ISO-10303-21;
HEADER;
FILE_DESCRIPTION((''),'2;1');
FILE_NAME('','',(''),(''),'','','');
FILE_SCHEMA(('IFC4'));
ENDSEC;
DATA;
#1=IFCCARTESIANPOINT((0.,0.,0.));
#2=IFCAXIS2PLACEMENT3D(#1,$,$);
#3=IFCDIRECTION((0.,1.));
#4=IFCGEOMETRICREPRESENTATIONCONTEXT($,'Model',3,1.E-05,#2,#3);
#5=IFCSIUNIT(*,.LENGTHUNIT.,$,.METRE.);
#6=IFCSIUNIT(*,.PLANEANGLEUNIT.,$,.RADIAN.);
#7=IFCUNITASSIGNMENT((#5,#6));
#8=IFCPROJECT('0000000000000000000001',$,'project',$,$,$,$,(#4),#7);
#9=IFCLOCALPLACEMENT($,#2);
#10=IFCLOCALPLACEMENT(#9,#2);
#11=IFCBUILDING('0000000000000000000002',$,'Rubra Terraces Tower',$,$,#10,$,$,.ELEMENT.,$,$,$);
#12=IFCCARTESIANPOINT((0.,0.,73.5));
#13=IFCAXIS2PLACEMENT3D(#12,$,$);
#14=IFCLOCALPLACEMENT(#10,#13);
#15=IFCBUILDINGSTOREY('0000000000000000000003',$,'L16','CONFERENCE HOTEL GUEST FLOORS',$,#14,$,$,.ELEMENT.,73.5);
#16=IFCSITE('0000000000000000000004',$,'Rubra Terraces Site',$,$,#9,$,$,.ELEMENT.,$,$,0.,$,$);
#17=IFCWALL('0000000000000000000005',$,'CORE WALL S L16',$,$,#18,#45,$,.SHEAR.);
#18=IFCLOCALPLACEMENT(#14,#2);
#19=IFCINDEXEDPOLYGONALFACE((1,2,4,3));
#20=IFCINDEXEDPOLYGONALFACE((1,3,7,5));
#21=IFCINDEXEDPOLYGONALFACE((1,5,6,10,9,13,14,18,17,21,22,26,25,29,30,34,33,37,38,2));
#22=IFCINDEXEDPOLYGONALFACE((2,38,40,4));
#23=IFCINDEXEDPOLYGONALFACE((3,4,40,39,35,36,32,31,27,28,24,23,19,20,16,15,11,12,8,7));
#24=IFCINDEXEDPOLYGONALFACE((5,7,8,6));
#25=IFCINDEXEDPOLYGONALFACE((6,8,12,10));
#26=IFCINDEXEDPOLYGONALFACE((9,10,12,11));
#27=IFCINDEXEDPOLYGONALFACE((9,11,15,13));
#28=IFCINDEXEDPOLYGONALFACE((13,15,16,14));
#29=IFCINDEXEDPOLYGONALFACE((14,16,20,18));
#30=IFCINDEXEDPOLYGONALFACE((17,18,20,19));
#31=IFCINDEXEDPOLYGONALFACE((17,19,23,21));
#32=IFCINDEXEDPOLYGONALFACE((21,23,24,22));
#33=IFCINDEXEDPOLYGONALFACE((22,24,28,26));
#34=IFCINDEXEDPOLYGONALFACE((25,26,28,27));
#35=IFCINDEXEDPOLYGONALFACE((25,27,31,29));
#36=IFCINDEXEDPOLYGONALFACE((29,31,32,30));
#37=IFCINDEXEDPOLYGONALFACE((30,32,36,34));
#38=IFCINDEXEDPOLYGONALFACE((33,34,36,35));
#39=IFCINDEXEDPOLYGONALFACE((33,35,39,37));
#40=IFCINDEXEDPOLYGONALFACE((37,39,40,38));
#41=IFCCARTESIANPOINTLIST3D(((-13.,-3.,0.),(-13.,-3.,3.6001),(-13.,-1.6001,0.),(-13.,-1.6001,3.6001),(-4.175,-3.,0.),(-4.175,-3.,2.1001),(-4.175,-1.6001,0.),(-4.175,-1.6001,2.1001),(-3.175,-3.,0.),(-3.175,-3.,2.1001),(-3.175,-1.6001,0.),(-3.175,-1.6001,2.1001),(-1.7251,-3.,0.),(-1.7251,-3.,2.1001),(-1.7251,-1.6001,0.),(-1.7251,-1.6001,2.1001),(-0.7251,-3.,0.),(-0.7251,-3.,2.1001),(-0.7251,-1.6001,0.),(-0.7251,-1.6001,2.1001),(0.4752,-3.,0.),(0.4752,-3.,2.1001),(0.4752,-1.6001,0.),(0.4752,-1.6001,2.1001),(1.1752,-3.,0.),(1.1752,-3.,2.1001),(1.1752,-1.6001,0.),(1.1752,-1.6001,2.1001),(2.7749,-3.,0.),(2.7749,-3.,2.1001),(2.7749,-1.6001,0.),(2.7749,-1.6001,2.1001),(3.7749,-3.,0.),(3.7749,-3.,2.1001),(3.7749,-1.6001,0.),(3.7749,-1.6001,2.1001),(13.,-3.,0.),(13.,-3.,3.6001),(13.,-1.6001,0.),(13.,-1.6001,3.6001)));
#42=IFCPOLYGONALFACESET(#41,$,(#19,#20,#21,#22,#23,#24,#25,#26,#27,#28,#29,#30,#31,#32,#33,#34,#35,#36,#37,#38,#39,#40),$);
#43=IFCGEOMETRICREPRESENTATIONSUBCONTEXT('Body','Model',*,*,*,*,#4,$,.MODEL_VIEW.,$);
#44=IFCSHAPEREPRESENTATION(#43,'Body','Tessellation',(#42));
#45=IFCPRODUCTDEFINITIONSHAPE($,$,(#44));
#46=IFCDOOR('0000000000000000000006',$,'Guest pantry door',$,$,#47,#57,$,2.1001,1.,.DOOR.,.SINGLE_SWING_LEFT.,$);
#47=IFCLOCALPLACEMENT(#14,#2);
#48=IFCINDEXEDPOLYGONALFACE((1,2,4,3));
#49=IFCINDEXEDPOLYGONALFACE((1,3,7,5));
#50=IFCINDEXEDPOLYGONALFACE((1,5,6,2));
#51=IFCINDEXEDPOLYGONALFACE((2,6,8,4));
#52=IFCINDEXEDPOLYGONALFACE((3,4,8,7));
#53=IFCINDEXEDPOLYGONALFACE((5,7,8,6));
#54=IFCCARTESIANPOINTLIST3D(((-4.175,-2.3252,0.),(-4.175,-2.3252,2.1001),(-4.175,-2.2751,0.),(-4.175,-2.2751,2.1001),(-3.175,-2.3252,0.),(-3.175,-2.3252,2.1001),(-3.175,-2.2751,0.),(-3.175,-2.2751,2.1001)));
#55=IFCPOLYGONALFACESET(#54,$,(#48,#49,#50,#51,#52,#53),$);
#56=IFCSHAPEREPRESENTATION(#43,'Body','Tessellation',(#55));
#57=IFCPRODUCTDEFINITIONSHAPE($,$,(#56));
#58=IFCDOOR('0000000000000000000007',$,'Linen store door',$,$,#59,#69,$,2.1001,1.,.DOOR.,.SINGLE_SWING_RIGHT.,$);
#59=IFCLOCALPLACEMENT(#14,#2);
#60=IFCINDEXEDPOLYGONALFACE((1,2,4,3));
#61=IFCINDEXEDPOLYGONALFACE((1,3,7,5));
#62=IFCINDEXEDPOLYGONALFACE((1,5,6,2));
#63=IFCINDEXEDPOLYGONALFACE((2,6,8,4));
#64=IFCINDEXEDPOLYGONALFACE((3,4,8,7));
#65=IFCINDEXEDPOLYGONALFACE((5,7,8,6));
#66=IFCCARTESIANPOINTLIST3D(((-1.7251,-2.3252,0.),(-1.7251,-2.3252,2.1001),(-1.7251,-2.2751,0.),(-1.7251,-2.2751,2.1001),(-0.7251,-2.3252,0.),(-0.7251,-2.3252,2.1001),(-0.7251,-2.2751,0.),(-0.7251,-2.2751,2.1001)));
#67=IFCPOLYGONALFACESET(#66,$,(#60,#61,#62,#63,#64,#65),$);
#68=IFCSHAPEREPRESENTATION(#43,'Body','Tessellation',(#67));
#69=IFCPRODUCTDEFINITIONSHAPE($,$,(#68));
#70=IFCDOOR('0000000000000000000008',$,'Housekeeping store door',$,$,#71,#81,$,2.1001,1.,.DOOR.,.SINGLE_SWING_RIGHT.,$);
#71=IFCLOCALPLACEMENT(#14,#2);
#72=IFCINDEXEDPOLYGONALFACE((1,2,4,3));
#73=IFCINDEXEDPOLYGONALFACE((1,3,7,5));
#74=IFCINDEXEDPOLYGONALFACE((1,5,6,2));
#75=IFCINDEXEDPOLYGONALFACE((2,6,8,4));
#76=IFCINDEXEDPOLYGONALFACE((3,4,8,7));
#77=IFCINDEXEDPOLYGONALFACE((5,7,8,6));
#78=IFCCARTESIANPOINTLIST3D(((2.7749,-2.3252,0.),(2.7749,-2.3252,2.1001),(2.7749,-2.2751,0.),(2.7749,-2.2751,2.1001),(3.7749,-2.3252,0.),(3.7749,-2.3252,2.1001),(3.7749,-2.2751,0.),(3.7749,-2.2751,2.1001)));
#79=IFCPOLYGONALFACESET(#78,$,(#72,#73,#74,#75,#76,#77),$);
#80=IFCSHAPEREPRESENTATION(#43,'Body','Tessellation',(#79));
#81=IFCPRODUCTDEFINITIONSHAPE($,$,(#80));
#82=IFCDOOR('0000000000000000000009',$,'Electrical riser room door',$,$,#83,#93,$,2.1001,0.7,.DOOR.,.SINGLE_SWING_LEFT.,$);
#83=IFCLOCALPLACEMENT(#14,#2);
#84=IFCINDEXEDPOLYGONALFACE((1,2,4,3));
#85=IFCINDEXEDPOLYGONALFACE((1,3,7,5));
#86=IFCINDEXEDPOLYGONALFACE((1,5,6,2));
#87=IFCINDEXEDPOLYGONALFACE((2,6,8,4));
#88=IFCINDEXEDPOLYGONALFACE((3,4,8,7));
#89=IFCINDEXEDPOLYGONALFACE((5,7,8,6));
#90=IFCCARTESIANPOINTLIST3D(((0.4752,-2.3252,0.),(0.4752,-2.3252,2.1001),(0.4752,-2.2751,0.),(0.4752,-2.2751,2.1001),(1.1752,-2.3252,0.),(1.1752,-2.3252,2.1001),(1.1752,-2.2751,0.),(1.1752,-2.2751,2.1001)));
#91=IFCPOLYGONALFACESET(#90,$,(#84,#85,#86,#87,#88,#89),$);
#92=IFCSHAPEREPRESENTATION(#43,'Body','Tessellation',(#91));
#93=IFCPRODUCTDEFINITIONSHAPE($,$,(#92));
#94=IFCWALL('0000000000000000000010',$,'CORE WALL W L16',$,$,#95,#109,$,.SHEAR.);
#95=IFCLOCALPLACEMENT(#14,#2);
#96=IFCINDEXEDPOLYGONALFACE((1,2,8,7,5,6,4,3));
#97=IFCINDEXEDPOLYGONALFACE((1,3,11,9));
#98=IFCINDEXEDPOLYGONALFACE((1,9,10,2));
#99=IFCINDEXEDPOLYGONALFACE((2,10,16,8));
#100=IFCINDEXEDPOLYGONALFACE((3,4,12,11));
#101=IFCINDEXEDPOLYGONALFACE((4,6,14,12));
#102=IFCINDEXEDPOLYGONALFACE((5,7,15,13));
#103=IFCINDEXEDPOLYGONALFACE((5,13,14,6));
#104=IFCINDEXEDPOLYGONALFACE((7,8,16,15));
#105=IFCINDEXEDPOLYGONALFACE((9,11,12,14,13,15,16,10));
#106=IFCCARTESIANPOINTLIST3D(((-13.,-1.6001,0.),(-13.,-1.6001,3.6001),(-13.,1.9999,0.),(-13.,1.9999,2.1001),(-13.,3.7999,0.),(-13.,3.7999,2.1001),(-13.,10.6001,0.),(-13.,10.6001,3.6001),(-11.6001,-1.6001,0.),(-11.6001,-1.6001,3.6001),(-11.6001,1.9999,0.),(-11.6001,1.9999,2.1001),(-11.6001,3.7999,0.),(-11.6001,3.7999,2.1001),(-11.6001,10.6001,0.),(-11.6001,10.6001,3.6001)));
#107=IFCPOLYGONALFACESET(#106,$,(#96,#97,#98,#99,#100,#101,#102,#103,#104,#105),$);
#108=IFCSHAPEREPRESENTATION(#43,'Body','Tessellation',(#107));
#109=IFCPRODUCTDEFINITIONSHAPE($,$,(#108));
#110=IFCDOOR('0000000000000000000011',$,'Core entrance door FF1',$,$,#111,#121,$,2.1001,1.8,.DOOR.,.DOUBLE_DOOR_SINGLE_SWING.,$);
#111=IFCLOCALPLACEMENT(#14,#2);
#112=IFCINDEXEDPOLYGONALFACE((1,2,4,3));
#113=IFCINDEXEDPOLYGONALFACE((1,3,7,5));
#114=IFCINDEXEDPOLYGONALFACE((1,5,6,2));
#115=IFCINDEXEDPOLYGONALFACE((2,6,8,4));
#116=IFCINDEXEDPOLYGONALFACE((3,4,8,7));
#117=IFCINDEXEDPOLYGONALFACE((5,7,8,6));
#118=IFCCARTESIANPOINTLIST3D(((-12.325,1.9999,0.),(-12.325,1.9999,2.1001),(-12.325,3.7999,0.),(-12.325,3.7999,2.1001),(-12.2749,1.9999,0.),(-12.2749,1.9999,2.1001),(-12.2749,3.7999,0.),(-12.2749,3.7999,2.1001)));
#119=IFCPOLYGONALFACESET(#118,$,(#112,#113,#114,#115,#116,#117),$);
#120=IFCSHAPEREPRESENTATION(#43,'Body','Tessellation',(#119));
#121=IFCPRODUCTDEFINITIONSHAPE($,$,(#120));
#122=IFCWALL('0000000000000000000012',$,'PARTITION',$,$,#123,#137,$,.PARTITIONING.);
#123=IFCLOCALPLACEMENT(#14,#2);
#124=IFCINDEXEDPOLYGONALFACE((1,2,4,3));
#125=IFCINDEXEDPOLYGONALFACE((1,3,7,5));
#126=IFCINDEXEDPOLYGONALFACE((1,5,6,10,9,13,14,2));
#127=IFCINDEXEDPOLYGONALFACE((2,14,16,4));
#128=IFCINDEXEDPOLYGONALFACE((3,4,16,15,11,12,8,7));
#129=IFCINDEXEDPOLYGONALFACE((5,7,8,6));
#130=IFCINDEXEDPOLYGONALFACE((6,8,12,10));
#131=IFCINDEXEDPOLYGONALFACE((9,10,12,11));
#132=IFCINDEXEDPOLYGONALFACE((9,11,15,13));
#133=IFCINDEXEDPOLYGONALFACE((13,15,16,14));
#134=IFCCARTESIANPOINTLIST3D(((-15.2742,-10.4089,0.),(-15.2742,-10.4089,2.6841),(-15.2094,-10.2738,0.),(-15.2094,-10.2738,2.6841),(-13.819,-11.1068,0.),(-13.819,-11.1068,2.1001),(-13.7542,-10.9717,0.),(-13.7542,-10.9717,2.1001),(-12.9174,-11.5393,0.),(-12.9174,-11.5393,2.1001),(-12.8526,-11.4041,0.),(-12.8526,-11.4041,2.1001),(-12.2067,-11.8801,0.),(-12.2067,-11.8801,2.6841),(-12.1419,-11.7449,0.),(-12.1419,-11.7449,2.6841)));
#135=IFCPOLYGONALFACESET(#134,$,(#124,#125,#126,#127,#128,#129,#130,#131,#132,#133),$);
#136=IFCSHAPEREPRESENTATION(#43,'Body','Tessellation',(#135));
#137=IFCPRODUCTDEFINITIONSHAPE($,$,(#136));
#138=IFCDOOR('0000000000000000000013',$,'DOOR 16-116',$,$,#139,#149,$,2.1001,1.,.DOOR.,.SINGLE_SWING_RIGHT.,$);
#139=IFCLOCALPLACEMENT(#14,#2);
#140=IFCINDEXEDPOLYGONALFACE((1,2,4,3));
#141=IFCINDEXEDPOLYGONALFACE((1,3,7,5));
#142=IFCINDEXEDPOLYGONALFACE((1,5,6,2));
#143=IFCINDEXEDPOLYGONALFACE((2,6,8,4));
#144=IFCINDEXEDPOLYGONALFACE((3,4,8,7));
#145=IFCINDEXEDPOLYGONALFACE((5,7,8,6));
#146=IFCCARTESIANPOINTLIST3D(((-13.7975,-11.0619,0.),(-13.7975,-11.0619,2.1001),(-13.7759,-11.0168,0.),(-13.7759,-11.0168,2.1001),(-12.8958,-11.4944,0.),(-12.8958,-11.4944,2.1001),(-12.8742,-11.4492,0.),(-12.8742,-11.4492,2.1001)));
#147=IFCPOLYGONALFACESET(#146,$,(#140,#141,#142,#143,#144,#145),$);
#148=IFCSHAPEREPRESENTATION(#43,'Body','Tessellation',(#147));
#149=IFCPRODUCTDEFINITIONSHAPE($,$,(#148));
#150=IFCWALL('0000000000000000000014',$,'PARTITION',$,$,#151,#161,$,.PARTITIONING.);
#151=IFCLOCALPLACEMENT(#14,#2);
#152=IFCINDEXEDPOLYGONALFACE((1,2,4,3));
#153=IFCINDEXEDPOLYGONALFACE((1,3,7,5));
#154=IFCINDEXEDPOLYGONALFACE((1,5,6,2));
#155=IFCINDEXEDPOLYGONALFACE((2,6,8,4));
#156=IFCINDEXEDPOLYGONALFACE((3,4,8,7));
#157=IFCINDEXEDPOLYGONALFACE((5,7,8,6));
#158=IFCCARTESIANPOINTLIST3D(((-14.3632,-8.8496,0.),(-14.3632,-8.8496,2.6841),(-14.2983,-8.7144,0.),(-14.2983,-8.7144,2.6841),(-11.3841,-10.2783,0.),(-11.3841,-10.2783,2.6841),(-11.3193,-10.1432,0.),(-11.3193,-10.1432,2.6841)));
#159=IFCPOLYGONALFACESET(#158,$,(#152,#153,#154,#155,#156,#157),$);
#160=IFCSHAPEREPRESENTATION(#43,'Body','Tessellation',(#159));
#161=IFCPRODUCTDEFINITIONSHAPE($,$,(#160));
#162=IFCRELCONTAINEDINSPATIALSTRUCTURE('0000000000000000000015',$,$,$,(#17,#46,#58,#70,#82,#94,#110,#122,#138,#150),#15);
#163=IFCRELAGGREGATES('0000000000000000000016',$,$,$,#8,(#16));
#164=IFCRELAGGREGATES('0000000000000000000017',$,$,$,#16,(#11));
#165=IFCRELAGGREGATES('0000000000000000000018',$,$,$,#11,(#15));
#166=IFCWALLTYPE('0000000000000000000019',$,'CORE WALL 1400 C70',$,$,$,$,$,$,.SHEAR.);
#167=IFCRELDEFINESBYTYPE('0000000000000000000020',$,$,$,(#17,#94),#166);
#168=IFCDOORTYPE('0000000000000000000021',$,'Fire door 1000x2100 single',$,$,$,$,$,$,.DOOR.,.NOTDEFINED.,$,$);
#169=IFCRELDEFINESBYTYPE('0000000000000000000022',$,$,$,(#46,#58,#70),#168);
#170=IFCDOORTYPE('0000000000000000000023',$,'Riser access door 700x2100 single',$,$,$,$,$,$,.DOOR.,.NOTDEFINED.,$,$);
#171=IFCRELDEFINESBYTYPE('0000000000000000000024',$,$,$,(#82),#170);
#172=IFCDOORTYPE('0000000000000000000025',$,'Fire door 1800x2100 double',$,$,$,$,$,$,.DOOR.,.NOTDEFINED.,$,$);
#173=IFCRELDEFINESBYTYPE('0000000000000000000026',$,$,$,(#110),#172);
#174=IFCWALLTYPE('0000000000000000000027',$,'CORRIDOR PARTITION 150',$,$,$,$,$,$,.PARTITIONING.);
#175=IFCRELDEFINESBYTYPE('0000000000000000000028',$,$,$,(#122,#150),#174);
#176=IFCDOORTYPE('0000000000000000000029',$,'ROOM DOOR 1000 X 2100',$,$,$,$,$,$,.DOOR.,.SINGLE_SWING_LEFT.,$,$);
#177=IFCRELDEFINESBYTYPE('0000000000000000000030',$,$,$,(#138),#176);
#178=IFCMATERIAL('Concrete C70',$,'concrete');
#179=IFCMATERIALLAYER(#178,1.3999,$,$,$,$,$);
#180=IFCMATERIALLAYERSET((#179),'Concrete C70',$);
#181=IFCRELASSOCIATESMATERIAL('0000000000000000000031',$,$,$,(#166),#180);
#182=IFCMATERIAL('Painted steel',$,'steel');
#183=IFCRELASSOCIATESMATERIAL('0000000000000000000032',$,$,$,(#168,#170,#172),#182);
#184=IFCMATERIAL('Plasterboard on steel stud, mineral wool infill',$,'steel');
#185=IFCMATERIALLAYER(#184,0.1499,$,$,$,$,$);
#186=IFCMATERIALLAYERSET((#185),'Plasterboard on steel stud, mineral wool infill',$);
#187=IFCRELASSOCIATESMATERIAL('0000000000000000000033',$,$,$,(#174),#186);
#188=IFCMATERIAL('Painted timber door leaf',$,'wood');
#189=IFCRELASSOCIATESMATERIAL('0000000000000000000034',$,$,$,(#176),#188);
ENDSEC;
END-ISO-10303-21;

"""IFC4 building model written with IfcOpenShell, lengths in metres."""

from ifc_helpers import new_model, si_unit, direction, frame, frame_2d, origin, place, context, subcontext, project, spatial, rectangle, extrude, material, layer, layer_set, type_object, element, fill, save


model = new_model("IFC4")

# Units and contexts
model_context = context("Model", 3, precision=1e-05, world=origin(), true_north=direction((0.0, 1.0)))
body_context = subcontext(model_context, "Body", "Model", "MODEL_VIEW")
ifc_project = project(units=[si_unit("LENGTHUNIT", "METRE"), si_unit("PLANEANGLEUNIT", "RADIAN")], contexts=[model_context])

# Site, building, storey
site_placement = place(None, origin())
site = spatial("IfcSite", under=ifc_project, at=site_placement, Name="Rubra Terraces Site", CompositionType="ELEMENT", RefElevation=0.0)
building_placement = place(site_placement, origin())
building = spatial("IfcBuilding", under=site, at=building_placement, Name="Rubra Terraces Tower", CompositionType="ELEMENT")
storey_placement = place(building_placement, frame((0.0, 0.0, 73.5)))
storey = spatial("IfcBuildingStorey", under=building, at=storey_placement, Name="L16", Description="CONFERENCE HOTEL GUEST FLOORS", CompositionType="ELEMENT", Elevation=73.5)

# Wall, openings, doors
ifc_material_1 = material(Name="Concrete C70", Category="concrete")
ifc_layer_1 = layer(ifc_material_1, 1.3999)
ifc_layer_set_1 = layer_set([ifc_layer_1], Name="Concrete C70")
wall_type_1 = type_object("IfcWallType", Name="CORE WALL 1400 C70", PredefinedType="SHEAR", material=ifc_layer_set_1)
wall_1_placement = place(storey_placement, frame((-13.0, -2.3, 0.0), z_axis=(0.0, 0.0, 1.0), x_axis=(1.0, 0.0, 0.0)))
wall_1 = element("IfcWall", 1, at=wall_1_placement, inside=storey, type_object=wall_type_1, Name="CORE WALL S L16", PredefinedType="SHEAR", context=body_context, shape_type="SweptSolid", body=[
    extrude(rectangle(XDim=26.0, YDim=1.3999, at=frame_2d((13.0, 0.0))), origin(), (0.0, 0.0, 1.0), 3.6001),
])
opening_1_placement = place(wall_1_placement, frame((8.825, 0.0, 0.0)))
opening_1 = element("IfcOpeningElement", 2, at=opening_1_placement, cuts=wall_1, PredefinedType="OPENING", context=body_context, shape_type="SweptSolid", body=[
    extrude(rectangle(XDim=1.0, YDim=2.1001, at=frame_2d((0.5, 1.05))), frame((0.0, 0.71, 0.0), z_axis=(0.0, -1.0, 0.0), x_axis=(1.0, 0.0, 0.0)), (0.0, 0.0, 1.0), 1.4199),
])
opening_2_placement = place(wall_1_placement, frame((11.2749, 0.0, 0.0)))
opening_2 = element("IfcOpeningElement", 3, at=opening_2_placement, cuts=wall_1, PredefinedType="OPENING", context=body_context, shape_type="SweptSolid", body=[
    extrude(rectangle(XDim=1.0, YDim=2.1001, at=frame_2d((0.5, 1.05))), frame((0.0, 0.71, 0.0), z_axis=(0.0, -1.0, 0.0), x_axis=(1.0, 0.0, 0.0)), (0.0, 0.0, 1.0), 1.4199),
])
opening_3_placement = place(wall_1_placement, frame((13.4751, 0.0, 0.0)))
opening_3 = element("IfcOpeningElement", 4, at=opening_3_placement, cuts=wall_1, PredefinedType="OPENING", context=body_context, shape_type="SweptSolid", body=[
    extrude(rectangle(XDim=0.7, YDim=2.1001, at=frame_2d((0.3501, 1.05))), frame((0.0, 0.71, 0.0), z_axis=(0.0, -1.0, 0.0), x_axis=(1.0, 0.0, 0.0)), (0.0, 0.0, 1.0), 1.4199),
])
opening_4_placement = place(wall_1_placement, frame((15.7749, 0.0, 0.0)))
opening_4 = element("IfcOpeningElement", 5, at=opening_4_placement, cuts=wall_1, PredefinedType="OPENING", context=body_context, shape_type="SweptSolid", body=[
    extrude(rectangle(XDim=1.0, YDim=2.1001, at=frame_2d((0.5, 1.05))), frame((0.0, 0.71, 0.0), z_axis=(0.0, -1.0, 0.0), x_axis=(1.0, 0.0, 0.0)), (0.0, 0.0, 1.0), 1.4199),
])
ifc_material_2 = material(Name="Painted steel", Category="steel")
door_type_1 = type_object("IfcDoorType", Name="Fire door 1000x2100 single", OperationType="NOTDEFINED", PredefinedType="DOOR", material=ifc_material_2)
door_1_placement = place(opening_1_placement, origin())
door_1 = element("IfcDoor", 6, at=door_1_placement, inside=storey, type_object=door_type_1, Name="Guest pantry door", OperationType="SINGLE_SWING_LEFT", OverallHeight=2.1001, OverallWidth=1.0, PredefinedType="DOOR", context=body_context, shape_type="SweptSolid", body=[
    extrude(rectangle(XDim=1.0, YDim=2.1001, at=frame_2d((0.5, 1.05))), frame((0.0, 0.0249, 0.0), z_axis=(0.0, -1.0, 0.0), x_axis=(1.0, 0.0, 0.0)), (0.0, 0.0, 1.0), 0.05),
])
fill(opening_1, door_1)
door_2_placement = place(opening_2_placement, origin())
door_2 = element("IfcDoor", 7, at=door_2_placement, inside=storey, type_object=door_type_1, Name="Linen store door", OperationType="SINGLE_SWING_RIGHT", OverallHeight=2.1001, OverallWidth=1.0, PredefinedType="DOOR", context=body_context, shape_type="SweptSolid", body=[
    extrude(rectangle(XDim=1.0, YDim=2.1001, at=frame_2d((0.5, 1.05))), frame((0.0, 0.0249, 0.0), z_axis=(0.0, -1.0, 0.0), x_axis=(1.0, 0.0, 0.0)), (0.0, 0.0, 1.0), 0.05),
])
fill(opening_2, door_2)
door_3_placement = place(opening_4_placement, origin())
door_3 = element("IfcDoor", 8, at=door_3_placement, inside=storey, type_object=door_type_1, Name="Housekeeping store door", OperationType="SINGLE_SWING_RIGHT", OverallHeight=2.1001, OverallWidth=1.0, PredefinedType="DOOR", context=body_context, shape_type="SweptSolid", body=[
    extrude(rectangle(XDim=1.0, YDim=2.1001, at=frame_2d((0.5, 1.05))), frame((0.0, 0.0249, 0.0), z_axis=(0.0, -1.0, 0.0), x_axis=(1.0, 0.0, 0.0)), (0.0, 0.0, 1.0), 0.05),
])
fill(opening_4, door_3)
door_type_2 = type_object("IfcDoorType", Name="Riser access door 700x2100 single", OperationType="NOTDEFINED", PredefinedType="DOOR", material=ifc_material_2)
door_4_placement = place(opening_3_placement, origin())
door_4 = element("IfcDoor", 9, at=door_4_placement, inside=storey, type_object=door_type_2, Name="Electrical riser room door", OperationType="SINGLE_SWING_LEFT", OverallHeight=2.1001, OverallWidth=0.7, PredefinedType="DOOR", context=body_context, shape_type="SweptSolid", body=[
    extrude(rectangle(XDim=0.7, YDim=2.1001, at=frame_2d((0.3501, 1.05))), frame((0.0, 0.0249, 0.0), z_axis=(0.0, -1.0, 0.0), x_axis=(1.0, 0.0, 0.0)), (0.0, 0.0, 1.0), 0.05),
])
fill(opening_3, door_4)

# Walls, openings, doors
wall_2_placement = place(storey_placement, frame((-12.3, -1.6001, 0.0), z_axis=(0.0, 0.0, 1.0), x_axis=(0.0, 1.0, 0.0)))
wall_2 = element("IfcWall", 10, at=wall_2_placement, inside=storey, type_object=wall_type_1, Name="CORE WALL W L16", PredefinedType="SHEAR", context=body_context, shape_type="SweptSolid", body=[
    extrude(rectangle(XDim=12.2002, YDim=1.3999, at=frame_2d((6.1001, 0.0))), origin(), (0.0, 0.0, 1.0), 3.6001),
])
opening_5_placement = place(wall_2_placement, frame((3.6001, 0.0, 0.0)))
opening_5 = element("IfcOpeningElement", 11, at=opening_5_placement, cuts=wall_2, PredefinedType="OPENING", context=body_context, shape_type="SweptSolid", body=[
    extrude(rectangle(XDim=1.8, YDim=2.1001, at=frame_2d((0.8999, 1.05))), frame((0.0, 0.71, 0.0), z_axis=(0.0, -1.0, 0.0), x_axis=(1.0, 0.0, 0.0)), (0.0, 0.0, 1.0), 1.4199),
])
door_type_3 = type_object("IfcDoorType", Name="Fire door 1800x2100 double", OperationType="NOTDEFINED", PredefinedType="DOOR", material=ifc_material_2)
door_5_placement = place(opening_5_placement, origin())
door_5 = element("IfcDoor", 12, at=door_5_placement, inside=storey, type_object=door_type_3, Name="Core entrance door FF1", OperationType="DOUBLE_DOOR_SINGLE_SWING", OverallHeight=2.1001, OverallWidth=1.8, PredefinedType="DOOR", context=body_context, shape_type="SweptSolid", body=[
    extrude(rectangle(XDim=1.8, YDim=2.1001, at=frame_2d((0.8999, 1.05))), frame((0.0, 0.0249, 0.0), z_axis=(0.0, -1.0, 0.0), x_axis=(1.0, 0.0, 0.0)), (0.0, 0.0, 1.0), 0.05),
])
fill(opening_5, door_5)
ifc_material_3 = material(Name="Plasterboard on steel stud, mineral wool infill", Category="steel")
ifc_layer_2 = layer(ifc_material_3, 0.1499)
ifc_layer_set_2 = layer_set([ifc_layer_2], Name="Plasterboard on steel stud, mineral wool infill")
wall_type_2 = type_object("IfcWallType", Name="CORRIDOR PARTITION 150", PredefinedType="PARTITIONING", material=ifc_layer_set_2)
wall_3_placement = place(storey_placement, frame((-15.2419, -10.3413, 0.0), z_axis=(0.0, 0.0, 1.0), x_axis=(0.901669, -0.432428, 0.0)))
wall_3 = element("IfcWall", 13, at=wall_3_placement, inside=storey, type_object=wall_type_2, Name="PARTITION", PredefinedType="PARTITIONING", context=body_context, shape_type="SweptSolid", body=[
    extrude(rectangle(XDim=3.4021, YDim=0.1499, at=frame_2d((1.7012, 0.0))), origin(), (0.0, 0.0, 1.0), 2.6841),
])
opening_6_placement = place(wall_3_placement, frame((1.614, 0.0, 0.0)))
opening_6 = element("IfcOpeningElement", 14, at=opening_6_placement, cuts=wall_3, PredefinedType="OPENING", context=body_context, shape_type="SweptSolid", body=[
    extrude(rectangle(XDim=1.0, YDim=2.1001, at=frame_2d((0.5, 1.05))), frame((0.0, 0.085, 0.0), z_axis=(0.0, -1.0, 0.0), x_axis=(1.0, 0.0, 0.0)), (0.0, 0.0, 1.0), 0.1699),
])
ifc_material_4 = material(Name="Painted timber door leaf", Category="wood")
door_type_4 = type_object("IfcDoorType", Name="ROOM DOOR 1000 X 2100", OperationType="SINGLE_SWING_LEFT", PredefinedType="DOOR", material=ifc_material_4)
door_6_placement = place(opening_6_placement, origin())
door_6 = element("IfcDoor", 15, at=door_6_placement, inside=storey, type_object=door_type_4, Name="DOOR 16-116", OperationType="SINGLE_SWING_RIGHT", OverallHeight=2.1001, OverallWidth=1.0, PredefinedType="DOOR", context=body_context, shape_type="SweptSolid", body=[
    extrude(rectangle(XDim=1.0, YDim=2.1001, at=frame_2d((0.5, 1.05))), frame((0.0, 0.0249, 0.0), z_axis=(0.0, -1.0, 0.0), x_axis=(1.0, 0.0, 0.0)), (0.0, 0.0, 1.0), 0.05),
])
fill(opening_6, door_6)

# Wall
wall_4_placement = place(storey_placement, frame((-11.3518, -10.2107, 0.0), z_axis=(0.0, 0.0, 1.0), x_axis=(-0.901666, 0.432433, 0.0)))
element("IfcWall", 16, at=wall_4_placement, inside=storey, type_object=wall_type_2, Name="PARTITION", PredefinedType="PARTITIONING", context=body_context, shape_type="SweptSolid", body=[
    extrude(rectangle(XDim=3.304, YDim=0.1499, at=frame_2d((1.6519, 0.0))), origin(), (0.0, 0.0, 1.0), 2.6841),
])

save(model, "model.ifc")
